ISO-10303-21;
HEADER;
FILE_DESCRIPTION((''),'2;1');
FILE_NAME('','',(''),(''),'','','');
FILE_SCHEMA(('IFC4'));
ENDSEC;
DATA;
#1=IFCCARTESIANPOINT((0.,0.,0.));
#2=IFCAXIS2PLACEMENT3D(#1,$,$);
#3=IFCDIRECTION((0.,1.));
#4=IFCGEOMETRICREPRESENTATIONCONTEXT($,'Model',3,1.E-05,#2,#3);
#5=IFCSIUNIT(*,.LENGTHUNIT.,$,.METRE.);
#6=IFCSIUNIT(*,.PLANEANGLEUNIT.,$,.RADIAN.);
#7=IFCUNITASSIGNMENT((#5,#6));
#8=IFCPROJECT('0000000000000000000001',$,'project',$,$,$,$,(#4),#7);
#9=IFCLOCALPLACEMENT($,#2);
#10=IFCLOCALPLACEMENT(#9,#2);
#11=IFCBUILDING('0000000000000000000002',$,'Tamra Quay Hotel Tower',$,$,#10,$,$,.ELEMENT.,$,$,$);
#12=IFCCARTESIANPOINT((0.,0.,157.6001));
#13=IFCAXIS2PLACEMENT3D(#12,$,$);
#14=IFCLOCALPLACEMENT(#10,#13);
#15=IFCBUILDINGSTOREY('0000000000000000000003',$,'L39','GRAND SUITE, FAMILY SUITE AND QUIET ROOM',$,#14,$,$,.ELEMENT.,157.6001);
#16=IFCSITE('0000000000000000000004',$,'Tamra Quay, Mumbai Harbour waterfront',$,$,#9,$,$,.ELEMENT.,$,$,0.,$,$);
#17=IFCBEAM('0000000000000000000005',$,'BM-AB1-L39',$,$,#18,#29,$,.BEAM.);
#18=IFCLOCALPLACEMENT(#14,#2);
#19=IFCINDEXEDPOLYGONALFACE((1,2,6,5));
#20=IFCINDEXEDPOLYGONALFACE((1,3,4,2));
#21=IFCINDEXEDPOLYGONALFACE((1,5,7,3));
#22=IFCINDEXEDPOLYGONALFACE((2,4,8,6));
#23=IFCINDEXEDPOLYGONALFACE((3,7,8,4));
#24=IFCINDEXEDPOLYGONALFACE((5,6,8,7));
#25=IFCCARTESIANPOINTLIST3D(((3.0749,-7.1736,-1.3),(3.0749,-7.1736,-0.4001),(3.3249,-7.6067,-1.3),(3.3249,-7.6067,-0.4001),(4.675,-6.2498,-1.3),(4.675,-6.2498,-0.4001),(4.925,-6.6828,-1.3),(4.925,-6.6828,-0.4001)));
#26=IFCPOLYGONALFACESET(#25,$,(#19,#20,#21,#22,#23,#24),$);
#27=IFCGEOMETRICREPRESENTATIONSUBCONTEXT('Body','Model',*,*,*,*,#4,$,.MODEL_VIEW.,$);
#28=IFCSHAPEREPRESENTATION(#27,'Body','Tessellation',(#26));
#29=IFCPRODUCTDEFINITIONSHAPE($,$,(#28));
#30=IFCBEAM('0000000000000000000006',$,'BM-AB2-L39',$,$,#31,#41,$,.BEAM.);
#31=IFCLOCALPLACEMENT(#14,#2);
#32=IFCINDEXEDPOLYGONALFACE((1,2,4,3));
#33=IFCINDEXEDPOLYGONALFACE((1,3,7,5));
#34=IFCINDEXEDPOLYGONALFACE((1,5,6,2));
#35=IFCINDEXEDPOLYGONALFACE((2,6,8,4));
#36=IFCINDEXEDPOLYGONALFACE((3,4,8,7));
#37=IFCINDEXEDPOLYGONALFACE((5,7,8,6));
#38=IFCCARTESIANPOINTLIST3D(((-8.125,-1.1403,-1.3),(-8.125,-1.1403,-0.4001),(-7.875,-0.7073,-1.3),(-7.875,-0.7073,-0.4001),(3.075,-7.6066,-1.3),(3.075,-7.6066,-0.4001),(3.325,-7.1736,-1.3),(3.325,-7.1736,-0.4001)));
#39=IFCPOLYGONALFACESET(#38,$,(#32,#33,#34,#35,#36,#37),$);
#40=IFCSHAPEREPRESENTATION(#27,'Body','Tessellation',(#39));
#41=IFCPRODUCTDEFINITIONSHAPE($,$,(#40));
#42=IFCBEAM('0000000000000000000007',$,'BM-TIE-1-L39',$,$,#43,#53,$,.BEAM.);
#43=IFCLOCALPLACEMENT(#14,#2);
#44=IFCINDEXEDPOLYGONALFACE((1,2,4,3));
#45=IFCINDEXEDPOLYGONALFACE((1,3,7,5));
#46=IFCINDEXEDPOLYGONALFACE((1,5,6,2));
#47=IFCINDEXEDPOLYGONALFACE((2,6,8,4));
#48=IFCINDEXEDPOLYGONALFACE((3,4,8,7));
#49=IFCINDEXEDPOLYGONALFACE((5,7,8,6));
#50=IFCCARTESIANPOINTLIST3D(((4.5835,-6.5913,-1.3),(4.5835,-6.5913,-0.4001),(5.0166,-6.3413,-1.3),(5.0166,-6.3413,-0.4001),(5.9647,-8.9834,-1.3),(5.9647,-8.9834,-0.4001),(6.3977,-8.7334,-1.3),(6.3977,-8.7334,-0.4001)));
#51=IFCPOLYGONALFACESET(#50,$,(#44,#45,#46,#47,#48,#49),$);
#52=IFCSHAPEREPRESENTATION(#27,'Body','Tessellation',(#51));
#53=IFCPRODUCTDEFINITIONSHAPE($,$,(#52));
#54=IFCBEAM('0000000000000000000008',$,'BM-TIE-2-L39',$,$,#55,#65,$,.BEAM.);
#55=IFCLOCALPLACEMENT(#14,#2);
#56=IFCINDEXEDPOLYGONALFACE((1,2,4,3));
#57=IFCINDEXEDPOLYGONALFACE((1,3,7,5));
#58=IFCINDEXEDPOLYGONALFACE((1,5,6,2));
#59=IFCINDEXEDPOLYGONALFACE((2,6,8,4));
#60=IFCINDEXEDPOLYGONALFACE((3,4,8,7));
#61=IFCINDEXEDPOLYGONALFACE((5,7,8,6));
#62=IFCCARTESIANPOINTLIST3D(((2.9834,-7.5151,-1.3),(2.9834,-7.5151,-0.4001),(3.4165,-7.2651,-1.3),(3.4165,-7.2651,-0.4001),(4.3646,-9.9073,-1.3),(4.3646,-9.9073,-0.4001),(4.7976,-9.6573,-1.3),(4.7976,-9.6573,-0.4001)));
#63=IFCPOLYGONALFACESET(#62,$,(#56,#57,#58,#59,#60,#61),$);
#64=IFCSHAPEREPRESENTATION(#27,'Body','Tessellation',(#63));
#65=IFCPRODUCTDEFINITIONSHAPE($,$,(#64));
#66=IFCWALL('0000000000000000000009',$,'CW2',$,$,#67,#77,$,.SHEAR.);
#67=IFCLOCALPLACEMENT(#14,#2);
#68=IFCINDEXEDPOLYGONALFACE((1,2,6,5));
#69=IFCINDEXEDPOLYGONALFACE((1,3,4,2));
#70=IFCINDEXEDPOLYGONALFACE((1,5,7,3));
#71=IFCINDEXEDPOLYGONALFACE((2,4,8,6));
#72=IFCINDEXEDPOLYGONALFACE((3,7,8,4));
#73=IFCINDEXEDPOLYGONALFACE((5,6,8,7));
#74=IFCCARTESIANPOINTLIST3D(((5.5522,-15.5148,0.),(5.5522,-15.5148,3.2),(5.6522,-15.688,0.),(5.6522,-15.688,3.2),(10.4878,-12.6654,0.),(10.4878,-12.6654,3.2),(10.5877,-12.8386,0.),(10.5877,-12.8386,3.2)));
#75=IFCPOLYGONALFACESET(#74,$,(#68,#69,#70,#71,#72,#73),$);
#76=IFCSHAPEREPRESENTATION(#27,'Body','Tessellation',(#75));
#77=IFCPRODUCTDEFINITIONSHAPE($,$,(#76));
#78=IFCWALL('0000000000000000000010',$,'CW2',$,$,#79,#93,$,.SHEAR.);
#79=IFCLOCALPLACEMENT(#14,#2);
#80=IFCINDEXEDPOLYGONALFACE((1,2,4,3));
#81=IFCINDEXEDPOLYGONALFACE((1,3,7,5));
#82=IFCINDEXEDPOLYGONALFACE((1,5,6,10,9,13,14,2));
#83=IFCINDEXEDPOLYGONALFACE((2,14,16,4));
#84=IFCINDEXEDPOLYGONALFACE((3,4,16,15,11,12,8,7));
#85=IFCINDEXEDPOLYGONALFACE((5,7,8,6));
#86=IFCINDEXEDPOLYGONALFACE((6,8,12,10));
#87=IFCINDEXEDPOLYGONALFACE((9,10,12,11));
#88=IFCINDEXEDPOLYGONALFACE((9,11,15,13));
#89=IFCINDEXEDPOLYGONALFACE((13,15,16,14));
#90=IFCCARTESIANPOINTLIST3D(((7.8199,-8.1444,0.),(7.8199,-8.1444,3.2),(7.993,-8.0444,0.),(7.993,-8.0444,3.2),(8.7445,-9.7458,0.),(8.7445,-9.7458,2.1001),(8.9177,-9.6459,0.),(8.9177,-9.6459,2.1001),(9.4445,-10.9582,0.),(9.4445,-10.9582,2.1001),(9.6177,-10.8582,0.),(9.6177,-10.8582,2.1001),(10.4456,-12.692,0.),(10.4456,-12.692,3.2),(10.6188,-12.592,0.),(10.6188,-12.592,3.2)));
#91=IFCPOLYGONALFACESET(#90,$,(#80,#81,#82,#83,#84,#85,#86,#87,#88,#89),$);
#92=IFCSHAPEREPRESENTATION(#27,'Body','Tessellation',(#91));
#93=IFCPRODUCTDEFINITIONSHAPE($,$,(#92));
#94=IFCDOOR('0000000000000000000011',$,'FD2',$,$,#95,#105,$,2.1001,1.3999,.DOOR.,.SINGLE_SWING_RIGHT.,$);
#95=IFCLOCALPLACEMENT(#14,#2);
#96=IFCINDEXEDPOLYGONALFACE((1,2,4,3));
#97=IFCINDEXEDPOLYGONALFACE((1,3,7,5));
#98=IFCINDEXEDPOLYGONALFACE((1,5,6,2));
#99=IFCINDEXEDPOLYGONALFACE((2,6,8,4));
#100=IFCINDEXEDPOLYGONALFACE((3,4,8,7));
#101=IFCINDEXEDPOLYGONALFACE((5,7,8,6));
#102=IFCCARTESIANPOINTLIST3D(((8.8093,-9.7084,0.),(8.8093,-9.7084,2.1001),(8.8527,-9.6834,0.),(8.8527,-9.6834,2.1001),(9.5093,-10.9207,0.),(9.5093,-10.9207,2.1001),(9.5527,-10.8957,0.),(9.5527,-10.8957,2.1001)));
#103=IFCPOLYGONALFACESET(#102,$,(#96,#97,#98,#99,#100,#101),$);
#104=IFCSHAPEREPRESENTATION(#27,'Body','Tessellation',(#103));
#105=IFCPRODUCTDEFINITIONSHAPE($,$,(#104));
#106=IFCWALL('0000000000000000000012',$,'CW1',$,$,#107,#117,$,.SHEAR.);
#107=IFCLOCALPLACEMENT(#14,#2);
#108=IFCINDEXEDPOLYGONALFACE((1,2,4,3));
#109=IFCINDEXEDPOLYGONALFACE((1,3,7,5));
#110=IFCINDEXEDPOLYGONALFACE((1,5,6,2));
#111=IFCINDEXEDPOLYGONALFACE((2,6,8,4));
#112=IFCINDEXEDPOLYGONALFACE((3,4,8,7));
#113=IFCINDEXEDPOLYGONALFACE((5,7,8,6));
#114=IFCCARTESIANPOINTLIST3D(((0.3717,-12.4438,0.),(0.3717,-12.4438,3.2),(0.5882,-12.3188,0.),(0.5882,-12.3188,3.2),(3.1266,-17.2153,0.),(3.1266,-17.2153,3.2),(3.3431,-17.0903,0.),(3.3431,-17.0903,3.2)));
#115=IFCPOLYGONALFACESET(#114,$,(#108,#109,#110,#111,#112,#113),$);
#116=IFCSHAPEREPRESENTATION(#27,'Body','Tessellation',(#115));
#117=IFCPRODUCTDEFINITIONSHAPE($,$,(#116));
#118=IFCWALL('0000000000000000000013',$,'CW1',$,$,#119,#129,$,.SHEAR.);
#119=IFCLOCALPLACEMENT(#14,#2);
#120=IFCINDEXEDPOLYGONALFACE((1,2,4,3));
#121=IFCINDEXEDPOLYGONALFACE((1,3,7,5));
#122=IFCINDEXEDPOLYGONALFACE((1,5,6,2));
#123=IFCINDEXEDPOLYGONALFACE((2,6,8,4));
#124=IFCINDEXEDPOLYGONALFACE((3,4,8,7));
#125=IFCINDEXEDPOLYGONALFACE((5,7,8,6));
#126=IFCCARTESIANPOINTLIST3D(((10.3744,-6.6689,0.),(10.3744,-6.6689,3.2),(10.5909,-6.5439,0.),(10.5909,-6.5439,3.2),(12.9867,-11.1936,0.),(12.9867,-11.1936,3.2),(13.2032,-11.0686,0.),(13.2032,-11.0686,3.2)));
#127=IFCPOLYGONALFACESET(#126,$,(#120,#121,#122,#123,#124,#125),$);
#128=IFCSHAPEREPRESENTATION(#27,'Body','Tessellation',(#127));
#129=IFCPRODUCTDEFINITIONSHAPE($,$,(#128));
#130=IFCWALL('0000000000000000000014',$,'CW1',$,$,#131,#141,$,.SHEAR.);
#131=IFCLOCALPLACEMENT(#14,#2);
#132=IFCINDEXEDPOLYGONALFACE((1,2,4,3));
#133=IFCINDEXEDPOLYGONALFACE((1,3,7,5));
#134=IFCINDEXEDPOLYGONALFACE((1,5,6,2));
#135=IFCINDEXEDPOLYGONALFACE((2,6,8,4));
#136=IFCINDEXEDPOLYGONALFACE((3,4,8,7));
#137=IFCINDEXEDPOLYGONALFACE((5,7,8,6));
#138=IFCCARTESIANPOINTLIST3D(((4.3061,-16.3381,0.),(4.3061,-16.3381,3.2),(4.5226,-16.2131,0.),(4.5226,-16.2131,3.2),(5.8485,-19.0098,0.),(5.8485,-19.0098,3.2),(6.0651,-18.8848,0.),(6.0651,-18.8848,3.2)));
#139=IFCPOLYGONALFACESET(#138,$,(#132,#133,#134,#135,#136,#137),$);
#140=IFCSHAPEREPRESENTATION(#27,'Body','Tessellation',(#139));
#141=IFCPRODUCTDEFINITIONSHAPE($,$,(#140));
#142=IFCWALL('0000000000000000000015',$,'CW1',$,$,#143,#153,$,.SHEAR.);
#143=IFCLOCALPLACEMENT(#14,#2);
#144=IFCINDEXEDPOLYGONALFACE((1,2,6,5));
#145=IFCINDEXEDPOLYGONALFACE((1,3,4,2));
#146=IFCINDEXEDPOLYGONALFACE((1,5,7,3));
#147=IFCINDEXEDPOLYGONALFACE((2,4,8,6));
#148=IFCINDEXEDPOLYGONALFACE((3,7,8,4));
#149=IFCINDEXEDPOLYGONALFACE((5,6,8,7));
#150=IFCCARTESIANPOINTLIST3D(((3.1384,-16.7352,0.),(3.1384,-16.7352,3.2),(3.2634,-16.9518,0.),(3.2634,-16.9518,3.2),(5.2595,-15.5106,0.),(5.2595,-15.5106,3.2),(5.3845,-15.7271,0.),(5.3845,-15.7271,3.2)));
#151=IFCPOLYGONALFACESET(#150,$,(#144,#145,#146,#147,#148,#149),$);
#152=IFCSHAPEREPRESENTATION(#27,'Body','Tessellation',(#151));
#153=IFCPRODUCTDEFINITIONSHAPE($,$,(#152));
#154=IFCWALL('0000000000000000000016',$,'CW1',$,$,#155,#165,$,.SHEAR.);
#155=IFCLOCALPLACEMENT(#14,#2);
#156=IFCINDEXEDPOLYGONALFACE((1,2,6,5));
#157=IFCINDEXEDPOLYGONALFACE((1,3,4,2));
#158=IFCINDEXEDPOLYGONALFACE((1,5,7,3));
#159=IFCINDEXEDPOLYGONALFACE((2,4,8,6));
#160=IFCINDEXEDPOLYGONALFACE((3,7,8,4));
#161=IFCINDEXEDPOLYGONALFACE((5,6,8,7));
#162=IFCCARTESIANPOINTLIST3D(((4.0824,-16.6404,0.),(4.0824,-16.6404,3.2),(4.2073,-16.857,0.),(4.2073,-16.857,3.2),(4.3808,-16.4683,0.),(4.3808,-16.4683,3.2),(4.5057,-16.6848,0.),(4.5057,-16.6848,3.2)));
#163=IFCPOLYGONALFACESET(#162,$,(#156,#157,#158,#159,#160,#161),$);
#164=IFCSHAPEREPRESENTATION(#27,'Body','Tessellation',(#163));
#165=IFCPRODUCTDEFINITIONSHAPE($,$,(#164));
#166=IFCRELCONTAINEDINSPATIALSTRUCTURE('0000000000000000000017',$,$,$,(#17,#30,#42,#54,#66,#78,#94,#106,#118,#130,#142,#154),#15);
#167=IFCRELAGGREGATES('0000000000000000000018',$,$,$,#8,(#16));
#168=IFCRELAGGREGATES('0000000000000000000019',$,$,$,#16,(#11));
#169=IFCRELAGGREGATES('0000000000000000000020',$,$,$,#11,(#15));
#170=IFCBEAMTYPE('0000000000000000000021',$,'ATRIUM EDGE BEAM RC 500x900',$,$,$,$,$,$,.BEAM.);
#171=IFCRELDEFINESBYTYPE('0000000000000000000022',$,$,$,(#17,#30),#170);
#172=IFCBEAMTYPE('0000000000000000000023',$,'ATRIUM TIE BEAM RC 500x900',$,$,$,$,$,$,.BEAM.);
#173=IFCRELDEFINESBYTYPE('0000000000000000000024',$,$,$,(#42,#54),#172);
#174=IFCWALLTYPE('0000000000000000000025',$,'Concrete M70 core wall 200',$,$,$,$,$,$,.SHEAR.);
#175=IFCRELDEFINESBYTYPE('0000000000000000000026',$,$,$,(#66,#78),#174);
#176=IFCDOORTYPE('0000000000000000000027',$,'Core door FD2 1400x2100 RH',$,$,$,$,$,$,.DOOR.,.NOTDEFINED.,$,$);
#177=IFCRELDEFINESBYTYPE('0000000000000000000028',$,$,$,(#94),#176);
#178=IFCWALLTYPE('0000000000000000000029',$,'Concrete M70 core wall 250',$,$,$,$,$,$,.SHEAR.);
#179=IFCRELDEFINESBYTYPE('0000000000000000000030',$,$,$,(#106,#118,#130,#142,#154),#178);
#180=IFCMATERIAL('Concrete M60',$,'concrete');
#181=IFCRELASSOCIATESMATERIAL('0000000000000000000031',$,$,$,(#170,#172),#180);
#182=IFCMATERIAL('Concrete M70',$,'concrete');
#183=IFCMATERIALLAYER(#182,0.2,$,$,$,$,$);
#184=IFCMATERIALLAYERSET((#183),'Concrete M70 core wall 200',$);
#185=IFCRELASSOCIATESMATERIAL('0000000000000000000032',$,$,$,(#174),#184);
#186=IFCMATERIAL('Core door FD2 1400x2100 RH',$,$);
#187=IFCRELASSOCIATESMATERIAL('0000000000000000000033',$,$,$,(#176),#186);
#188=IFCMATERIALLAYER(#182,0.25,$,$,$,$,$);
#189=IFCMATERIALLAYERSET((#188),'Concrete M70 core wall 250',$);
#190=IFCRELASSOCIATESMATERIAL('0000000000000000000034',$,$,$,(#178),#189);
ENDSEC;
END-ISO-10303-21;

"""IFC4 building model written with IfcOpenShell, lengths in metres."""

from ifc_helpers import new_model, si_unit, direction, frame, frame_2d, origin, origin_2d, place, context, subcontext, project, spatial, rectangle, extrude, material, layer, layer_set, material_profile, profile_set, type_object, element, fill, save


model = new_model("IFC4")

# Units and contexts
model_context = context("Model", 3, precision=1e-05, world=origin(), true_north=direction((0.0, 1.0)))
body_context = subcontext(model_context, "Body", "Model", "MODEL_VIEW")
ifc_project = project(units=[si_unit("LENGTHUNIT", "METRE"), si_unit("PLANEANGLEUNIT", "RADIAN")], contexts=[model_context])

# Site, building, storey
site_placement = place(None, origin())
site = spatial("IfcSite", under=ifc_project, at=site_placement, Name="Tamra Quay, Mumbai Harbour waterfront", CompositionType="ELEMENT", RefElevation=0.0)
building_placement = place(site_placement, origin())
building = spatial("IfcBuilding", under=site, at=building_placement, Name="Tamra Quay Hotel Tower", CompositionType="ELEMENT")
storey_placement = place(building_placement, frame((0.0, 0.0, 157.6001)))
storey = spatial("IfcBuildingStorey", under=building, at=storey_placement, Name="L39", Description="GRAND SUITE, FAMILY SUITE AND QUIET ROOM", CompositionType="ELEMENT", Elevation=157.6001)

# Beams
ifc_material_1 = material(Name="Concrete M60", Category="concrete")
ifc_material_profile_1 = material_profile(ifc_material_1, rectangle(XDim=0.5, YDim=0.8999, at=origin_2d()), Name="ATRIUM EDGE BEAM RC 500x900")
ifc_profile_set_1 = profile_set([ifc_material_profile_1], Name="Concrete M60")
beam_type_1 = type_object("IfcBeamType", Name="ATRIUM EDGE BEAM RC 500x900", PredefinedType="BEAM", material=ifc_profile_set_1)
beam_1_placement = place(storey_placement, frame((4.8, -6.4663, -0.8501), z_axis=(-0.866023, -0.500005, 0.0), x_axis=(0.500005, -0.866023, 0.0)))
element("IfcBeam", 1, at=beam_1_placement, inside=storey, type_object=beam_type_1, Name="BM-AB1-L39", PredefinedType="BEAM", context=body_context, shape_type="SweptSolid", body=[
    extrude(rectangle(XDim=0.5, YDim=0.8999, at=origin_2d()), origin(), (0.0, 0.0, 1.0), 1.8477),
])
beam_2_placement = place(storey_placement, frame((3.2, -7.3901, -0.8501), z_axis=(-0.866025, 0.500001, 0.0), x_axis=(-0.500001, -0.866025, 0.0)))
element("IfcBeam", 2, at=beam_2_placement, inside=storey, type_object=beam_type_1, Name="BM-AB2-L39", PredefinedType="BEAM", context=body_context, shape_type="SweptSolid", body=[
    extrude(rectangle(XDim=0.5, YDim=0.8999, at=origin_2d()), origin(), (0.0, 0.0, 1.0), 12.9326),
])
ifc_material_profile_2 = material_profile(ifc_material_1, rectangle(XDim=0.5, YDim=0.8999, at=origin_2d()), Name="ATRIUM TIE BEAM RC 500x900")
ifc_profile_set_2 = profile_set([ifc_material_profile_2], Name="Concrete M60")
beam_type_2 = type_object("IfcBeamType", Name="ATRIUM TIE BEAM RC 500x900", PredefinedType="BEAM", material=ifc_profile_set_2)
for number, where, z_axis, x_axis, name in (
    (3, (4.8, -6.4663, -0.8501), (0.500008, -0.866021, 0.0), (0.866021, 0.500008, 0.0), "BM-TIE-1-L39"),
    (4, (3.2, -7.3901, -0.8501), (0.500008, -0.866021, 0.0), (0.866021, 0.500008, 0.0), "BM-TIE-2-L39"),
):
    element("IfcBeam", number, at=place(storey_placement, frame(where, z_axis=z_axis, x_axis=x_axis)), inside=storey, type_object=beam_type_2, Name=name, PredefinedType="BEAM", context=body_context, shape_type="SweptSolid", body=[
        extrude(rectangle(XDim=0.5, YDim=0.8999, at=origin_2d()), origin(), (0.0, 0.0, 1.0), 2.7622),
    ])

# Wall
ifc_material_2 = material(Name="Concrete M70", Category="concrete")
ifc_layer_1 = layer(ifc_material_2, 0.2)
ifc_layer_set_1 = layer_set([ifc_layer_1], Name="Concrete M70 core wall 200")
wall_type_1 = type_object("IfcWallType", Name="Concrete M70 core wall 200", PredefinedType="SHEAR", material=ifc_layer_set_1)
wall_1_placement = place(storey_placement, frame((10.5378, -12.752, 0.0), z_axis=(0.0, 0.0, 1.0), x_axis=(-0.866039, -0.499977, 0.0)))
element("IfcWall", 5, at=wall_1_placement, inside=storey, type_object=wall_type_1, Name="CW2", PredefinedType="SHEAR", context=body_context, shape_type="SweptSolid", body=[
    extrude(rectangle(XDim=5.699, YDim=0.2, at=frame_2d((2.8496, 0.0))), origin(), (0.0, 0.0, 1.0), 3.2),
])

# Wall, opening, door
wall_2_placement = place(storey_placement, frame((7.9065, -8.0945, 0.0), z_axis=(0.0, 0.0, 1.0), x_axis=(0.500024, -0.866011, 0.0)))
wall_2 = element("IfcWall", 6, at=wall_2_placement, inside=storey, type_object=wall_type_1, Name="CW2", PredefinedType="SHEAR", context=body_context, shape_type="SweptSolid", body=[
    extrude(rectangle(XDim=5.2512, YDim=0.2, at=frame_2d((2.6255, 0.0))), origin(), (0.0, 0.0, 1.0), 3.2),
])
opening_1_placement = place(wall_2_placement, frame((1.8491, 0.0, 0.0)))
opening_1 = element("IfcOpeningElement", 7, at=opening_1_placement, cuts=wall_2, PredefinedType="OPENING", context=body_context, shape_type="SweptSolid", body=[
    extrude(rectangle(XDim=1.3999, YDim=2.1001, at=frame_2d((0.7, 1.05))), frame((0.0, 0.1099, 0.0), z_axis=(0.0, -1.0, 0.0), x_axis=(1.0, 0.0, 0.0)), (0.0, 0.0, 1.0), 0.22),
])
ifc_material_3 = material(Name="Core door FD2 1400x2100 RH")
door_type_1 = type_object("IfcDoorType", Name="Core door FD2 1400x2100 RH", OperationType="NOTDEFINED", PredefinedType="DOOR", material=ifc_material_3)
door_1_placement = place(opening_1_placement, origin())
door_1 = element("IfcDoor", 8, at=door_1_placement, inside=storey, type_object=door_type_1, Name="FD2", OperationType="SINGLE_SWING_RIGHT", OverallHeight=2.1001, OverallWidth=1.3999, PredefinedType="DOOR", context=body_context, shape_type="SweptSolid", body=[
    extrude(rectangle(XDim=1.3999, YDim=2.1001, at=frame_2d((0.7, 1.05))), frame((0.0, 0.0249, 0.0), z_axis=(0.0, -1.0, 0.0), x_axis=(1.0, 0.0, 0.0)), (0.0, 0.0, 1.0), 0.05),
])
fill(opening_1, door_1)

# Walls
ifc_layer_2 = layer(ifc_material_2, 0.25)
ifc_layer_set_2 = layer_set([ifc_layer_2], Name="Concrete M70 core wall 250")
wall_type_2 = type_object("IfcWallType", Name="Concrete M70 core wall 250", PredefinedType="SHEAR", material=ifc_layer_set_2)
wall_3_placement = place(storey_placement, frame((3.2349, -17.1528, 0.0), z_axis=(0.0, 0.0, 1.0), x_axis=(-0.500009, 0.86602, 0.0)))
element("IfcWall", 9, at=wall_3_placement, inside=storey, type_object=wall_type_2, Name="CW1", PredefinedType="SHEAR", context=body_context, shape_type="SweptSolid", body=[
    extrude(rectangle(XDim=5.5098, YDim=0.25, at=frame_2d((2.7549, 0.0))), origin(), (0.0, 0.0, 1.0), 3.2),
])
wall_4_placement = place(storey_placement, frame((10.4827, -6.6064, 0.0), z_axis=(0.0, 0.0, 1.0), x_axis=(0.499999, -0.866026, 0.0)))
element("IfcWall", 10, at=wall_4_placement, inside=storey, type_object=wall_type_2, Name="CW1", PredefinedType="SHEAR", context=body_context, shape_type="SweptSolid", body=[
    extrude(rectangle(XDim=5.2246, YDim=0.25, at=frame_2d((2.6123, 0.0))), origin(), (0.0, 0.0, 1.0), 3.2),
])
wall_5_placement = place(storey_placement, frame((4.4143, -16.2756, 0.0), z_axis=(0.0, 0.0, 1.0), x_axis=(0.500003, -0.866023, 0.0)))
element("IfcWall", 11, at=wall_5_placement, inside=storey, type_object=wall_type_2, Name="CW1", PredefinedType="SHEAR", context=body_context, shape_type="SweptSolid", body=[
    extrude(rectangle(XDim=3.085, YDim=0.25, at=frame_2d((1.5425, 0.0))), origin(), (0.0, 0.0, 1.0), 3.2),
])
wall_6_placement = place(storey_placement, frame((5.322, -15.6189, 0.0), z_axis=(0.0, 0.0, 1.0), x_axis=(-0.866026, -0.499999, 0.0)))
element("IfcWall", 12, at=wall_6_placement, inside=storey, type_object=wall_type_2, Name="CW1", PredefinedType="SHEAR", context=body_context, shape_type="SweptSolid", body=[
    extrude(rectangle(XDim=2.4492, YDim=0.25, at=frame_2d((1.2246, 0.0))), origin(), (0.0, 0.0, 1.0), 3.2),
])
wall_7_placement = place(storey_placement, frame((4.1448, -16.7488, 0.0), z_axis=(0.0, 0.0, 1.0), x_axis=(0.866186, 0.499722, 0.0)))
element("IfcWall", 13, at=wall_7_placement, inside=storey, type_object=wall_type_2, Name="CW1", PredefinedType="SHEAR", context=body_context, shape_type="SweptSolid", body=[
    extrude(rectangle(XDim=0.3445, YDim=0.25, at=frame_2d((0.1724, 0.0))), origin(), (0.0, 0.0, 1.0), 3.2),
])

save(model, "model.ifc")
